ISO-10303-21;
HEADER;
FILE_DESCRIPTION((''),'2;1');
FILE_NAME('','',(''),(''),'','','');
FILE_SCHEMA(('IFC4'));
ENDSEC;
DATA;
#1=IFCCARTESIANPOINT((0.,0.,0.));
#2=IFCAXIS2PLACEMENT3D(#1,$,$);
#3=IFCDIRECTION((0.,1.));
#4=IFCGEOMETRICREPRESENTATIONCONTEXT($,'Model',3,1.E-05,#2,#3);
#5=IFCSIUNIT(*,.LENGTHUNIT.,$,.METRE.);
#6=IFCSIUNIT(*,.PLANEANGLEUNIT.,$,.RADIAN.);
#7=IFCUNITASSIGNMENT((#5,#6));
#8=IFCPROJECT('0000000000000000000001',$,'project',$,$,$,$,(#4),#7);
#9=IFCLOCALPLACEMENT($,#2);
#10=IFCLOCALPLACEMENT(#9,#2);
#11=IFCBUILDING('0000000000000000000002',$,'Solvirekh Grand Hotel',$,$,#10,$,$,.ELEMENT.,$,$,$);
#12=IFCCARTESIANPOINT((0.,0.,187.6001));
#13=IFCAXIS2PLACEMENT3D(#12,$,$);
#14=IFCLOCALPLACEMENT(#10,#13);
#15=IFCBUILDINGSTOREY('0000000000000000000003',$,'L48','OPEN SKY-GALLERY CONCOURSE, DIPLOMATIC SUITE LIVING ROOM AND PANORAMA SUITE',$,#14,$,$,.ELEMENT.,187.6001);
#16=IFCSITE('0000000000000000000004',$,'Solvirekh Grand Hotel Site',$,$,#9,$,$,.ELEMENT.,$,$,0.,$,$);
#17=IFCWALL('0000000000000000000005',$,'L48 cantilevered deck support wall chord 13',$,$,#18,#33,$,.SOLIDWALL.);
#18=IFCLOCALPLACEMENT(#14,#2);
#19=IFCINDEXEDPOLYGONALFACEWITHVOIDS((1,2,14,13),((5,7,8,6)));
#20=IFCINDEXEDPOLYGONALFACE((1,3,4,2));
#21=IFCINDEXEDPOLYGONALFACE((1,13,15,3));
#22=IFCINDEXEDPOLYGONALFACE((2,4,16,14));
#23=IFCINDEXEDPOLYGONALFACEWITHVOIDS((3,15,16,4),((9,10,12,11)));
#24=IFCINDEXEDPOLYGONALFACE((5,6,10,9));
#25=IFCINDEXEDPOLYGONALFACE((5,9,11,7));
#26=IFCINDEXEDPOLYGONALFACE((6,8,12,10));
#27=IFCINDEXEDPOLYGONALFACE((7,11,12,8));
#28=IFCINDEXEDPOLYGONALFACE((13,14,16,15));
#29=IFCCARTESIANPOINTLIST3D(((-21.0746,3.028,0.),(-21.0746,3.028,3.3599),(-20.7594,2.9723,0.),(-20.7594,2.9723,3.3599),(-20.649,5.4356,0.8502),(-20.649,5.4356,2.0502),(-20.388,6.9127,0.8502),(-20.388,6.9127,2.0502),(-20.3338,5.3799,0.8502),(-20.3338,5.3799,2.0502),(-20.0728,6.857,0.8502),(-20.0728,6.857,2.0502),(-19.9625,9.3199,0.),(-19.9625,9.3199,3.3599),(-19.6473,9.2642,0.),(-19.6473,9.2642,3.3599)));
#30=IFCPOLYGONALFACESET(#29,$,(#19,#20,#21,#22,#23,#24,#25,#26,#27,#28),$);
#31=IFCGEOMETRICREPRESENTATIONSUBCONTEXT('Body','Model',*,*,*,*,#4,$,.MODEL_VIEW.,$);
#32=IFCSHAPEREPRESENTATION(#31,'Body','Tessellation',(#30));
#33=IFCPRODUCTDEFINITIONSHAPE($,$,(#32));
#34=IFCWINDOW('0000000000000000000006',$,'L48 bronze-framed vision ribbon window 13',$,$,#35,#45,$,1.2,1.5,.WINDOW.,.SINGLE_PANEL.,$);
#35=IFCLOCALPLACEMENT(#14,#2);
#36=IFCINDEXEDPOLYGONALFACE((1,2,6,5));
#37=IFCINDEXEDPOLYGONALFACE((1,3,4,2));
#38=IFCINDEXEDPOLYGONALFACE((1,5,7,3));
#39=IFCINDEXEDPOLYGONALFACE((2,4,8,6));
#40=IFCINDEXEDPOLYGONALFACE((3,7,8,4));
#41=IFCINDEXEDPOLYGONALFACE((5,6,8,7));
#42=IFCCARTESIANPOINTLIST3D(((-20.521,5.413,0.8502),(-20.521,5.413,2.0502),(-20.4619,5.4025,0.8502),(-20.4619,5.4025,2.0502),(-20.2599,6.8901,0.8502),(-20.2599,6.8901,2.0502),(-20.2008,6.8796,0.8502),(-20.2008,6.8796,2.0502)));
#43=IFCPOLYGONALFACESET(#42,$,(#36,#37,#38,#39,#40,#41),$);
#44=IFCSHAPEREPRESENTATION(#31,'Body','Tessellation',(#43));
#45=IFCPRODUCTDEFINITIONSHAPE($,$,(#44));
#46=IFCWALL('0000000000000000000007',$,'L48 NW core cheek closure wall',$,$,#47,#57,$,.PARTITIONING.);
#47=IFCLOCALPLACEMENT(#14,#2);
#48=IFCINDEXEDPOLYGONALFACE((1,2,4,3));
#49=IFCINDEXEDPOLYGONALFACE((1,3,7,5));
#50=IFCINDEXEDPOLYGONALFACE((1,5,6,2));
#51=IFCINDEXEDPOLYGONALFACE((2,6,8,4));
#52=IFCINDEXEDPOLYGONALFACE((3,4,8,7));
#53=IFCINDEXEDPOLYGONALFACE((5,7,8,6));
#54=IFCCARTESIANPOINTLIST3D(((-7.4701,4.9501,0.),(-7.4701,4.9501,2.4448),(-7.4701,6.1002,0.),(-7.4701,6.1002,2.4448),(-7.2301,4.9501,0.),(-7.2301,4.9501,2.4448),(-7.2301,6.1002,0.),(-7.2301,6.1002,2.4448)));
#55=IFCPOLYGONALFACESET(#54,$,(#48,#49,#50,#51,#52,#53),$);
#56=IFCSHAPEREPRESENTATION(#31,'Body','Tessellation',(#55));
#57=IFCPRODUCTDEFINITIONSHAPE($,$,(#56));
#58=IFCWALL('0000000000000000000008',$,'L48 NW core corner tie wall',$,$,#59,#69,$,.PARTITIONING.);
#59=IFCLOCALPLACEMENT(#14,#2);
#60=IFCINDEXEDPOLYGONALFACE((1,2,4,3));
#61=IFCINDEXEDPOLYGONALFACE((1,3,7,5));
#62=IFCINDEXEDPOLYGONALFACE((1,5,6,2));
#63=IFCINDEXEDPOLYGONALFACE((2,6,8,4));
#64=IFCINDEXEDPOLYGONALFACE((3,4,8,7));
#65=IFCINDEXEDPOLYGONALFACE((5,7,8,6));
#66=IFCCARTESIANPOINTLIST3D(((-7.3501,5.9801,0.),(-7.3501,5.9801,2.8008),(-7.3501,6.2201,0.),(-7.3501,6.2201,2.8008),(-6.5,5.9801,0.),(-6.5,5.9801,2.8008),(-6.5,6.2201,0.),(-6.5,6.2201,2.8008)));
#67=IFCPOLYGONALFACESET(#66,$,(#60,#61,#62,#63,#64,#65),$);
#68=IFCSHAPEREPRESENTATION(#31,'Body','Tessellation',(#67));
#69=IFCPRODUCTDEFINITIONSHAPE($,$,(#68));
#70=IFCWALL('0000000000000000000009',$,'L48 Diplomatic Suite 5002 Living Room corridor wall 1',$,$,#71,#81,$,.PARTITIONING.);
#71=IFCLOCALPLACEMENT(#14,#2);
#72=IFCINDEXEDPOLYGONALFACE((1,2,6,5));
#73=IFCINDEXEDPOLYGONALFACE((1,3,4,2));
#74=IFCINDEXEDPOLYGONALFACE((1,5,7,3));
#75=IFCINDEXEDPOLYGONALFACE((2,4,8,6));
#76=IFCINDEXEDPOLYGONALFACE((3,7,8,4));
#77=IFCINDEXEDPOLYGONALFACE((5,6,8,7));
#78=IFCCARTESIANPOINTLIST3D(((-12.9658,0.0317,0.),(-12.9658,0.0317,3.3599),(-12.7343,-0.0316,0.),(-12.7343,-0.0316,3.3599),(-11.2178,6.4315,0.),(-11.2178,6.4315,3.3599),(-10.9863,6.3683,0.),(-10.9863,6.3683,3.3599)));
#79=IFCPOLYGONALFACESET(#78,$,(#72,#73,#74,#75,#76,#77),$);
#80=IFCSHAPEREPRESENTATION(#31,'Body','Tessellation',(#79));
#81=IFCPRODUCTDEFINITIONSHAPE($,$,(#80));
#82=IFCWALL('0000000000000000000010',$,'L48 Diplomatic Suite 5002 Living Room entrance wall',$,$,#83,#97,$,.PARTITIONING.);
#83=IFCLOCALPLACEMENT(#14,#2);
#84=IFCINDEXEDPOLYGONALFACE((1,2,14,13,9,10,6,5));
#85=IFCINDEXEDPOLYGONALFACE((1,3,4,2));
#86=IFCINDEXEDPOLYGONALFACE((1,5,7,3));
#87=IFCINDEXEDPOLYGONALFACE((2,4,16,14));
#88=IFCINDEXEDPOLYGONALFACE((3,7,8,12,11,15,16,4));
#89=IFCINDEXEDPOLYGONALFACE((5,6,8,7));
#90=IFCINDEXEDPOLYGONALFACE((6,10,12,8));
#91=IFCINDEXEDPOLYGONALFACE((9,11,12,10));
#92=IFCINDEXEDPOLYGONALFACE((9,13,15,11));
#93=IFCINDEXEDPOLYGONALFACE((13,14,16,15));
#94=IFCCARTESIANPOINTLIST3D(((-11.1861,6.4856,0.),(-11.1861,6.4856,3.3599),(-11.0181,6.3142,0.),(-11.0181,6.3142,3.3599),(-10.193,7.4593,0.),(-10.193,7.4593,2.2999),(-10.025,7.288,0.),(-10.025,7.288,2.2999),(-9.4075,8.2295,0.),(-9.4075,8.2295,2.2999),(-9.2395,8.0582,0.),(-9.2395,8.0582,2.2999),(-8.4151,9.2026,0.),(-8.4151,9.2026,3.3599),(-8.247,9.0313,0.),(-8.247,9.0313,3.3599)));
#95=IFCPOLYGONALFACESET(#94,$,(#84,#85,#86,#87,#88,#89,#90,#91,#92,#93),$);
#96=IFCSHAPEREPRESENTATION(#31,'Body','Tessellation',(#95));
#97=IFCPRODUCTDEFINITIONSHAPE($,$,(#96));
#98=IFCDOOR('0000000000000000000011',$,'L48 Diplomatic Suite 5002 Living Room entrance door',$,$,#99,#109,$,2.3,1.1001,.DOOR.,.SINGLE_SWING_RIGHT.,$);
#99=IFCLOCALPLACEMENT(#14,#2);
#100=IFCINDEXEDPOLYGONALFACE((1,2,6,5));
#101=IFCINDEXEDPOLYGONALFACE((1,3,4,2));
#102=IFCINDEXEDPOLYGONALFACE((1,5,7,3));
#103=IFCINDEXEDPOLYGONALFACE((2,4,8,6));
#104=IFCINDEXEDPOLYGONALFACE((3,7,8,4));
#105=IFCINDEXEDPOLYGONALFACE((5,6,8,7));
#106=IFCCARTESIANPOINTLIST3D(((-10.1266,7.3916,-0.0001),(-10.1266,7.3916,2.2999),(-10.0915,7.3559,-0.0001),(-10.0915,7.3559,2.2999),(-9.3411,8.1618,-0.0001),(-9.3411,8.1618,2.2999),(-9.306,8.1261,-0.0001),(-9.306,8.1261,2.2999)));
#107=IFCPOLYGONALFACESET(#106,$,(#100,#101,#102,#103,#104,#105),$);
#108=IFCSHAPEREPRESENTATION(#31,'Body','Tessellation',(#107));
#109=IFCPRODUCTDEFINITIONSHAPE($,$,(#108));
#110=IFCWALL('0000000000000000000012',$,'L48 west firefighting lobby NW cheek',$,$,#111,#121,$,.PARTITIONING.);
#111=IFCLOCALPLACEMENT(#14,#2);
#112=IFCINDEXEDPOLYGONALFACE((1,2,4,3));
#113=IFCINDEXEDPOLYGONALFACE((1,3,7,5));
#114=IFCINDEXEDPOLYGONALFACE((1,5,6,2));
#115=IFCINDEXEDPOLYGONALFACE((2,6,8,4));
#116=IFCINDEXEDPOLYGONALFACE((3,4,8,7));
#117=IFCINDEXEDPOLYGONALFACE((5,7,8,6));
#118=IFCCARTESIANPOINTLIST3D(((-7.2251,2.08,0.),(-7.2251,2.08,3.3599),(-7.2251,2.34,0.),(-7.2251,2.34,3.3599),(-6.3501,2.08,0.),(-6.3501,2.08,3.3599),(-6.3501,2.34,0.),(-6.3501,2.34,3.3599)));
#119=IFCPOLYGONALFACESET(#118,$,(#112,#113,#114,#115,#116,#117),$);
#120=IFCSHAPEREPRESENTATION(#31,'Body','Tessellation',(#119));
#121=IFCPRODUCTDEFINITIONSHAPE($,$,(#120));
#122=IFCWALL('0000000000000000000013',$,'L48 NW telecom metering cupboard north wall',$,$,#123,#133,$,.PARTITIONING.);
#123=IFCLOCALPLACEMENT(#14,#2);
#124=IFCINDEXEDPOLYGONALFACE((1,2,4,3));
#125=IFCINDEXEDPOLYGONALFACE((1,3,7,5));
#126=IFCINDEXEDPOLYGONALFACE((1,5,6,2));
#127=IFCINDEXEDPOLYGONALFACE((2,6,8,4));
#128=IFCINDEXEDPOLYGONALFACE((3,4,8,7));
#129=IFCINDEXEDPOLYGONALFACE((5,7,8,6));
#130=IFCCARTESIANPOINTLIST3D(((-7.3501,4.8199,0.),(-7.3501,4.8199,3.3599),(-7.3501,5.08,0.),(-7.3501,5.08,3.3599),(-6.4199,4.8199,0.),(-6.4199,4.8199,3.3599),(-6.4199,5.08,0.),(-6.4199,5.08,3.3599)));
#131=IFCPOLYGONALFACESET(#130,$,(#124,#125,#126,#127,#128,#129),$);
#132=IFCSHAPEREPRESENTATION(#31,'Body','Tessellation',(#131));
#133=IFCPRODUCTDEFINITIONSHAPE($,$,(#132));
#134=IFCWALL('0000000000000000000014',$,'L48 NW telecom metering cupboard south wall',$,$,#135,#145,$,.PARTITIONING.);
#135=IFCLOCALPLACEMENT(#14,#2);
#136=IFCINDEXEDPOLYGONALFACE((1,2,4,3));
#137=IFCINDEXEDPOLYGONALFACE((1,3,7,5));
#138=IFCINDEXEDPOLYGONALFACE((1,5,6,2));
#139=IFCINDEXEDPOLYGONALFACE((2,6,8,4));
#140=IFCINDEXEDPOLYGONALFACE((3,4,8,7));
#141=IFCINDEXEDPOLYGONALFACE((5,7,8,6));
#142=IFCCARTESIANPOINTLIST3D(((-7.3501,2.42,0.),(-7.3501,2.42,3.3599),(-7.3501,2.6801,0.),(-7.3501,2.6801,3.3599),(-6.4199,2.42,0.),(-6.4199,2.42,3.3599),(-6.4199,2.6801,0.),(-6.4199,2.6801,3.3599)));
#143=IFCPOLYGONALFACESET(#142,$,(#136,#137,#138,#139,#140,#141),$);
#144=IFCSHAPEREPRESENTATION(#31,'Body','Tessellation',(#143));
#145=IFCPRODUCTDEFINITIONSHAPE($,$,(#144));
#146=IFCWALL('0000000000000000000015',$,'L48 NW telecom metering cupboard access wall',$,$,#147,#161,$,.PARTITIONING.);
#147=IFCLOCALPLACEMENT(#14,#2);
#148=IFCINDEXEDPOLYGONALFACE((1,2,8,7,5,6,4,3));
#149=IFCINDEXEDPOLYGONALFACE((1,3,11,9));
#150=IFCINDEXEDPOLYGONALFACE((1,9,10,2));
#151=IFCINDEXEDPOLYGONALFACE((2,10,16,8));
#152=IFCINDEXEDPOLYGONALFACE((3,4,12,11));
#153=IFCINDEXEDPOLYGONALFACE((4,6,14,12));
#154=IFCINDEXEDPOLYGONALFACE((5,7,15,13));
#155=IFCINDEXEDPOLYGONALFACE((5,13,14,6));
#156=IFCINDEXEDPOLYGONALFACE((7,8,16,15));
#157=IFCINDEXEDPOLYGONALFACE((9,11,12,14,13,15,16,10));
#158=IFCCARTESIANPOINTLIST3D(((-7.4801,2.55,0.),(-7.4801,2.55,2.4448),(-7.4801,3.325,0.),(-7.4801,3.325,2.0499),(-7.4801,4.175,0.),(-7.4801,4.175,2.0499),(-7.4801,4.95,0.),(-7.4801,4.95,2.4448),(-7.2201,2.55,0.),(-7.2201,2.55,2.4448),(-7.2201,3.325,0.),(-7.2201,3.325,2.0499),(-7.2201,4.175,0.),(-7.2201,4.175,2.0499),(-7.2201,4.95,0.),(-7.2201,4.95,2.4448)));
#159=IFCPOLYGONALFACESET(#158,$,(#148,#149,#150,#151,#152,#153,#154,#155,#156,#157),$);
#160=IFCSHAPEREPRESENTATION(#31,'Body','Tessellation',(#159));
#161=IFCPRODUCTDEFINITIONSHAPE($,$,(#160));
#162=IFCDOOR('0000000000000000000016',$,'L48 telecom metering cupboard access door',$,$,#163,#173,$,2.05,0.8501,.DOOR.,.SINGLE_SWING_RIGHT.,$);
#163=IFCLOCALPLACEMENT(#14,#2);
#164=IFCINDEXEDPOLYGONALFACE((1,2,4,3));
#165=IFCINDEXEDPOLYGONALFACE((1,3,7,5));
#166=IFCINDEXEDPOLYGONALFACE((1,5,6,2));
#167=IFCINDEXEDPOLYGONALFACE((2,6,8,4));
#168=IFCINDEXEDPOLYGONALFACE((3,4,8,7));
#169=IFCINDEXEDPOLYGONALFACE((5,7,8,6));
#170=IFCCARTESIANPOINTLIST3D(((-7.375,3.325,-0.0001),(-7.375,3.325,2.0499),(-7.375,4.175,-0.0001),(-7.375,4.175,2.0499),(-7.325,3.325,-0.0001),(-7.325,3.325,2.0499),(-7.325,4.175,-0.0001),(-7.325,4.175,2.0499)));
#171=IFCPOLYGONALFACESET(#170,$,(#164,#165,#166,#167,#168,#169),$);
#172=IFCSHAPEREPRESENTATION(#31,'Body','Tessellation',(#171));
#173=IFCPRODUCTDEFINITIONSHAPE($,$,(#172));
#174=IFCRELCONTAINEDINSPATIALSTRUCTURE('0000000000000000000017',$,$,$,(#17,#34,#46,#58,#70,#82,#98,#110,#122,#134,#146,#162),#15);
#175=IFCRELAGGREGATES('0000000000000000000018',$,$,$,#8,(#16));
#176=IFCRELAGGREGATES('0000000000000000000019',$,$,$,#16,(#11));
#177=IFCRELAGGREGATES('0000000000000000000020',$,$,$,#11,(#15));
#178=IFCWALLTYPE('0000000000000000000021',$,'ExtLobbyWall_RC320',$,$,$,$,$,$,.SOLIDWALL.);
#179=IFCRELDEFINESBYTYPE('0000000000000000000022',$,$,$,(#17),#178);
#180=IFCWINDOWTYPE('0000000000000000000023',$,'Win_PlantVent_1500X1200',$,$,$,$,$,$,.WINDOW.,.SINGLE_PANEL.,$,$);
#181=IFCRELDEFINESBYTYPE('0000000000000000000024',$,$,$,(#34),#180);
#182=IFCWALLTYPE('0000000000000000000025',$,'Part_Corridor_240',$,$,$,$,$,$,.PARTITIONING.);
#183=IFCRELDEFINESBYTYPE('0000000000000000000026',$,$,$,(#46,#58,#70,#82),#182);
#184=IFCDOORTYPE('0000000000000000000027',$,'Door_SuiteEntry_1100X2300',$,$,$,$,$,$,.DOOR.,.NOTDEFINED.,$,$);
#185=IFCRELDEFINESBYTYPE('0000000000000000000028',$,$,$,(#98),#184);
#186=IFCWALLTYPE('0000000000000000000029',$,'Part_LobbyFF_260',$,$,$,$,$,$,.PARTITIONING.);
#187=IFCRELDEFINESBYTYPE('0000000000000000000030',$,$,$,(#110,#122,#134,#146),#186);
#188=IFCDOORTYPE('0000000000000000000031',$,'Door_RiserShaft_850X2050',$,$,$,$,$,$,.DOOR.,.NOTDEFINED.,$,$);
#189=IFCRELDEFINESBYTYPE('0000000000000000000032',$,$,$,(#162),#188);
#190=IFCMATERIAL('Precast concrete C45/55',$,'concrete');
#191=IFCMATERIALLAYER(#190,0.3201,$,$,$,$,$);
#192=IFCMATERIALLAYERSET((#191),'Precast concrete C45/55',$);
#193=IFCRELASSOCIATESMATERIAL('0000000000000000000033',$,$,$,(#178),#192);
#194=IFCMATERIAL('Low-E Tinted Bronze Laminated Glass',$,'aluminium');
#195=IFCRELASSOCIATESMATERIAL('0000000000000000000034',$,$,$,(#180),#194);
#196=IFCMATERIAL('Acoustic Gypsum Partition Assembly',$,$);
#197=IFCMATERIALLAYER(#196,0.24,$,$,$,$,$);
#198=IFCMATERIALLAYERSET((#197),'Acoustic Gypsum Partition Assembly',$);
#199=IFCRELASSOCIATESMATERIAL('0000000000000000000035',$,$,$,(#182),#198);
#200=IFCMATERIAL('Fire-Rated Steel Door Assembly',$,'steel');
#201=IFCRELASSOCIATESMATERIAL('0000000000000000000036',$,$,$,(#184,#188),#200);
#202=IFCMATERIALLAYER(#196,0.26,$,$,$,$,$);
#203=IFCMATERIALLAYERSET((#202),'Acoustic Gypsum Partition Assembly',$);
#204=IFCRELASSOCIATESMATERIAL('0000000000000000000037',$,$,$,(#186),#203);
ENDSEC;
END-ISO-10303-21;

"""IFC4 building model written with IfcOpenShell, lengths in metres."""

from ifc_helpers import new_model, si_unit, direction, frame, frame_2d, origin, place, context, subcontext, project, spatial, rectangle, extrude, material, layer, layer_set, type_object, element, fill, save


model = new_model("IFC4")

# Units and contexts
model_context = context("Model", 3, precision=1e-05, world=origin(), true_north=direction((0.0, 1.0)))
body_context = subcontext(model_context, "Body", "Model", "MODEL_VIEW")
ifc_project = project(units=[si_unit("LENGTHUNIT", "METRE"), si_unit("PLANEANGLEUNIT", "RADIAN")], contexts=[model_context])

# Site, building, storey
site_placement = place(None, origin())
site = spatial("IfcSite", under=ifc_project, at=site_placement, Name="Solvirekh Grand Hotel Site", CompositionType="ELEMENT", RefElevation=0.0)
building_placement = place(site_placement, origin())
building = spatial("IfcBuilding", under=site, at=building_placement, Name="Solvirekh Grand Hotel", CompositionType="ELEMENT")
storey_placement = place(building_placement, frame((0.0, 0.0, 187.6001)))
storey = spatial("IfcBuildingStorey", under=building, at=storey_placement, Name="L48", Description="OPEN SKY-GALLERY CONCOURSE, DIPLOMATIC SUITE LIVING ROOM AND PANORAMA SUITE", CompositionType="ELEMENT", Elevation=187.6001)

# Wall, opening, window
ifc_material_1 = material(Name="Precast concrete C45/55", Category="concrete")
ifc_layer_1 = layer(ifc_material_1, 0.3201)
ifc_layer_set_1 = layer_set([ifc_layer_1], Name="Precast concrete C45/55")
wall_type_1 = type_object("IfcWallType", Name="ExtLobbyWall_RC320", PredefinedType="SOLIDWALL", material=ifc_layer_set_1)
wall_1_placement = place(storey_placement, frame((-20.917, 3.0, 0.0), z_axis=(0.0, 0.0, 1.0), x_axis=(0.174045, 0.984738, 0.0)))
wall_1 = element("IfcWall", 1, at=wall_1_placement, inside=storey, type_object=wall_type_1, Name="L48 cantilevered deck support wall chord 13", PredefinedType="SOLIDWALL", context=body_context, shape_type="SweptSolid", body=[
    extrude(rectangle(XDim=6.3894, YDim=0.3201, at=frame_2d((3.1948, 0.0))), origin(), (0.0, 0.0, 1.0), 3.3599),
])
opening_1_placement = place(wall_1_placement, frame((2.4451, 0.0, 0.8501)))
opening_1 = element("IfcOpeningElement", 2, at=opening_1_placement, cuts=wall_1, PredefinedType="OPENING", context=body_context, shape_type="SweptSolid", body=[
    extrude(rectangle(XDim=1.5, YDim=1.2, at=frame_2d((0.75, 0.6001))), frame((0.0, 0.1699, 0.0), z_axis=(0.0, -1.0, 0.0), x_axis=(1.0, 0.0, 0.0)), (0.0, 0.0, 1.0), 0.3401),
])
ifc_material_2 = material(Name="Low-E Tinted Bronze Laminated Glass", Category="aluminium")
window_type = type_object("IfcWindowType", Name="Win_PlantVent_1500X1200", PartitioningType="SINGLE_PANEL", PredefinedType="WINDOW", material=ifc_material_2)
window_placement = place(opening_1_placement, origin())
window = element("IfcWindow", 3, at=window_placement, inside=storey, type_object=window_type, Name="L48 bronze-framed vision ribbon window 13", OverallHeight=1.2, OverallWidth=1.5, PartitioningType="SINGLE_PANEL", PredefinedType="WINDOW", context=body_context, shape_type="SweptSolid", body=[
    extrude(rectangle(XDim=1.5, YDim=1.2, at=frame_2d((0.75, 0.6001))), frame((0.0, 0.03, 0.0), z_axis=(0.0, -1.0, 0.0), x_axis=(1.0, 0.0, 0.0)), (0.0, 0.0, 1.0), 0.0601),
])
fill(opening_1, window)

# Walls
ifc_material_3 = material(Name="Acoustic Gypsum Partition Assembly")
ifc_layer_2 = layer(ifc_material_3, 0.24)
ifc_layer_set_2 = layer_set([ifc_layer_2], Name="Acoustic Gypsum Partition Assembly")
wall_type_2 = type_object("IfcWallType", Name="Part_Corridor_240", PredefinedType="PARTITIONING", material=ifc_layer_set_2)
wall_2_placement = place(storey_placement, frame((-7.3501, 4.95, 0.0), z_axis=(0.0, 0.0, 1.0), x_axis=(0.0, 1.0, 0.0)))
element("IfcWall", 4, at=wall_2_placement, inside=storey, type_object=wall_type_2, Name="L48 NW core cheek closure wall", PredefinedType="PARTITIONING", context=body_context, shape_type="SweptSolid", body=[
    extrude(rectangle(XDim=1.1501, YDim=0.24, at=frame_2d((0.5752, 0.0))), origin(), (0.0, 0.0, 1.0), 2.4448),
])
wall_3_placement = place(storey_placement, frame((-7.3501, 6.1001, 0.0), z_axis=(0.0, 0.0, 1.0), x_axis=(1.0, 0.0, 0.0)))
element("IfcWall", 5, at=wall_3_placement, inside=storey, type_object=wall_type_2, Name="L48 NW core corner tie wall", PredefinedType="PARTITIONING", context=body_context, shape_type="SweptSolid", body=[
    extrude(rectangle(XDim=0.8501, YDim=0.24, at=frame_2d((0.425, 0.0))), origin(), (0.0, 0.0, 1.0), 2.8008),
])
wall_4_placement = place(storey_placement, frame((-11.1021, 6.3999, 0.0), z_axis=(0.0, 0.0, 1.0), x_axis=(-0.263485, -0.964664, 0.0)))
element("IfcWall", 6, at=wall_4_placement, inside=storey, type_object=wall_type_2, Name="L48 Diplomatic Suite 5002 Living Room corridor wall 1", PredefinedType="PARTITIONING", context=body_context, shape_type="SweptSolid", body=[
    extrude(rectangle(XDim=6.6343, YDim=0.24, at=frame_2d((3.3171, 0.0))), origin(), (0.0, 0.0, 1.0), 3.3599),
])

# Wall, opening, door
wall_5_placement = place(storey_placement, frame((-8.3311, 9.1169, 0.0), z_axis=(0.0, 0.0, 1.0), x_axis=(-0.714024, -0.700121, 0.0)))
wall_5 = element("IfcWall", 7, at=wall_5_placement, inside=storey, type_object=wall_type_2, Name="L48 Diplomatic Suite 5002 Living Room entrance wall", PredefinedType="PARTITIONING", context=body_context, shape_type="SweptSolid", body=[
    extrude(rectangle(XDim=3.8809, YDim=0.24, at=frame_2d((1.9404, 0.0))), origin(), (0.0, 0.0, 1.0), 3.3599),
])
opening_2_placement = place(wall_5_placement, frame((1.3899, 0.0, 0.0)))
opening_2 = element("IfcOpeningElement", 8, at=opening_2_placement, cuts=wall_5, PredefinedType="OPENING", context=body_context, shape_type="SweptSolid", body=[
    extrude(rectangle(XDim=1.1001, YDim=2.3, at=frame_2d((0.55, 1.1499))), frame((0.0, 0.1299, 0.0), z_axis=(0.0, -1.0, 0.0), x_axis=(1.0, 0.0, 0.0)), (0.0, 0.0, 1.0), 0.26),
])
ifc_material_4 = material(Name="Fire-Rated Steel Door Assembly", Category="steel")
door_type_1 = type_object("IfcDoorType", Name="Door_SuiteEntry_1100X2300", OperationType="NOTDEFINED", PredefinedType="DOOR", material=ifc_material_4)
door_1_placement = place(opening_2_placement, origin())
door_1 = element("IfcDoor", 9, at=door_1_placement, inside=storey, type_object=door_type_1, Name="L48 Diplomatic Suite 5002 Living Room entrance door", OperationType="SINGLE_SWING_RIGHT", OverallHeight=2.3, OverallWidth=1.1001, PredefinedType="DOOR", context=body_context, shape_type="SweptSolid", body=[
    extrude(rectangle(XDim=1.1001, YDim=2.3, at=frame_2d((0.55, 1.1499))), frame((0.0, 0.0249, 0.0), z_axis=(0.0, -1.0, 0.0), x_axis=(1.0, 0.0, 0.0)), (0.0, 0.0, 1.0), 0.05),
])
fill(opening_2, door_1)

# Walls
ifc_layer_3 = layer(ifc_material_3, 0.26)
ifc_layer_set_3 = layer_set([ifc_layer_3], Name="Acoustic Gypsum Partition Assembly")
wall_type_3 = type_object("IfcWallType", Name="Part_LobbyFF_260", PredefinedType="PARTITIONING", material=ifc_layer_set_3)
wall_6_placement = place(storey_placement, frame((-7.2251, 2.21, 0.0), z_axis=(0.0, 0.0, 1.0), x_axis=(1.0, 0.0, 0.0)))
element("IfcWall", 10, at=wall_6_placement, inside=storey, type_object=wall_type_3, Name="L48 west firefighting lobby NW cheek", PredefinedType="PARTITIONING", context=body_context, shape_type="SweptSolid", body=[
    extrude(rectangle(XDim=0.875, YDim=0.26, at=frame_2d((0.4375, 0.0))), origin(), (0.0, 0.0, 1.0), 3.3599),
])
for number, where, z_axis, x_axis, name in (
    (11, (-7.3501, 4.95, 0.0), (0.0, 0.0, 1.0), (1.0, 0.0, 0.0), "L48 NW telecom metering cupboard north wall"),
    (12, (-7.3501, 2.55, 0.0), (0.0, 0.0, 1.0), (1.0, 0.0, 0.0), "L48 NW telecom metering cupboard south wall"),
):
    element("IfcWall", number, at=place(storey_placement, frame(where, z_axis=z_axis, x_axis=x_axis)), inside=storey, type_object=wall_type_3, Name=name, PredefinedType="PARTITIONING", context=body_context, shape_type="SweptSolid", body=[
        extrude(rectangle(XDim=0.9302, YDim=0.26, at=frame_2d((0.4651, 0.0))), origin(), (0.0, 0.0, 1.0), 3.3599),
    ])

# Wall, opening, door
wall_7_placement = place(storey_placement, frame((-7.3501, 2.55, 0.0), z_axis=(0.0, 0.0, 1.0), x_axis=(0.0, 1.0, 0.0)))
wall_7 = element("IfcWall", 13, at=wall_7_placement, inside=storey, type_object=wall_type_3, Name="L48 NW telecom metering cupboard access wall", PredefinedType="PARTITIONING", context=body_context, shape_type="SweptSolid", body=[
    extrude(rectangle(XDim=2.3999, YDim=0.26, at=frame_2d((1.2, 0.0))), origin(), (0.0, 0.0, 1.0), 2.4448),
])
opening_3_placement = place(wall_7_placement, frame((0.7749, 0.0, 0.0)))
opening_3 = element("IfcOpeningElement", 14, at=opening_3_placement, cuts=wall_7, PredefinedType="OPENING", context=body_context, shape_type="SweptSolid", body=[
    extrude(rectangle(XDim=0.8501, YDim=2.05, at=frame_2d((0.425, 1.0249))), frame((0.0, 0.1401, 0.0), z_axis=(0.0, -1.0, 0.0), x_axis=(1.0, 0.0, 0.0)), (0.0, 0.0, 1.0), 0.28),
])
door_type_2 = type_object("IfcDoorType", Name="Door_RiserShaft_850X2050", OperationType="NOTDEFINED", PredefinedType="DOOR", material=ifc_material_4)
door_2_placement = place(opening_3_placement, origin())
door_2 = element("IfcDoor", 15, at=door_2_placement, inside=storey, type_object=door_type_2, Name="L48 telecom metering cupboard access door", OperationType="SINGLE_SWING_RIGHT", OverallHeight=2.05, OverallWidth=0.8501, PredefinedType="DOOR", context=body_context, shape_type="SweptSolid", body=[
    extrude(rectangle(XDim=0.8501, YDim=2.05, at=frame_2d((0.425, 1.0249))), frame((0.0, 0.0249, 0.0), z_axis=(0.0, -1.0, 0.0), x_axis=(1.0, 0.0, 0.0)), (0.0, 0.0, 1.0), 0.05),
])
fill(opening_3, door_2)

save(model, "model.ifc")
